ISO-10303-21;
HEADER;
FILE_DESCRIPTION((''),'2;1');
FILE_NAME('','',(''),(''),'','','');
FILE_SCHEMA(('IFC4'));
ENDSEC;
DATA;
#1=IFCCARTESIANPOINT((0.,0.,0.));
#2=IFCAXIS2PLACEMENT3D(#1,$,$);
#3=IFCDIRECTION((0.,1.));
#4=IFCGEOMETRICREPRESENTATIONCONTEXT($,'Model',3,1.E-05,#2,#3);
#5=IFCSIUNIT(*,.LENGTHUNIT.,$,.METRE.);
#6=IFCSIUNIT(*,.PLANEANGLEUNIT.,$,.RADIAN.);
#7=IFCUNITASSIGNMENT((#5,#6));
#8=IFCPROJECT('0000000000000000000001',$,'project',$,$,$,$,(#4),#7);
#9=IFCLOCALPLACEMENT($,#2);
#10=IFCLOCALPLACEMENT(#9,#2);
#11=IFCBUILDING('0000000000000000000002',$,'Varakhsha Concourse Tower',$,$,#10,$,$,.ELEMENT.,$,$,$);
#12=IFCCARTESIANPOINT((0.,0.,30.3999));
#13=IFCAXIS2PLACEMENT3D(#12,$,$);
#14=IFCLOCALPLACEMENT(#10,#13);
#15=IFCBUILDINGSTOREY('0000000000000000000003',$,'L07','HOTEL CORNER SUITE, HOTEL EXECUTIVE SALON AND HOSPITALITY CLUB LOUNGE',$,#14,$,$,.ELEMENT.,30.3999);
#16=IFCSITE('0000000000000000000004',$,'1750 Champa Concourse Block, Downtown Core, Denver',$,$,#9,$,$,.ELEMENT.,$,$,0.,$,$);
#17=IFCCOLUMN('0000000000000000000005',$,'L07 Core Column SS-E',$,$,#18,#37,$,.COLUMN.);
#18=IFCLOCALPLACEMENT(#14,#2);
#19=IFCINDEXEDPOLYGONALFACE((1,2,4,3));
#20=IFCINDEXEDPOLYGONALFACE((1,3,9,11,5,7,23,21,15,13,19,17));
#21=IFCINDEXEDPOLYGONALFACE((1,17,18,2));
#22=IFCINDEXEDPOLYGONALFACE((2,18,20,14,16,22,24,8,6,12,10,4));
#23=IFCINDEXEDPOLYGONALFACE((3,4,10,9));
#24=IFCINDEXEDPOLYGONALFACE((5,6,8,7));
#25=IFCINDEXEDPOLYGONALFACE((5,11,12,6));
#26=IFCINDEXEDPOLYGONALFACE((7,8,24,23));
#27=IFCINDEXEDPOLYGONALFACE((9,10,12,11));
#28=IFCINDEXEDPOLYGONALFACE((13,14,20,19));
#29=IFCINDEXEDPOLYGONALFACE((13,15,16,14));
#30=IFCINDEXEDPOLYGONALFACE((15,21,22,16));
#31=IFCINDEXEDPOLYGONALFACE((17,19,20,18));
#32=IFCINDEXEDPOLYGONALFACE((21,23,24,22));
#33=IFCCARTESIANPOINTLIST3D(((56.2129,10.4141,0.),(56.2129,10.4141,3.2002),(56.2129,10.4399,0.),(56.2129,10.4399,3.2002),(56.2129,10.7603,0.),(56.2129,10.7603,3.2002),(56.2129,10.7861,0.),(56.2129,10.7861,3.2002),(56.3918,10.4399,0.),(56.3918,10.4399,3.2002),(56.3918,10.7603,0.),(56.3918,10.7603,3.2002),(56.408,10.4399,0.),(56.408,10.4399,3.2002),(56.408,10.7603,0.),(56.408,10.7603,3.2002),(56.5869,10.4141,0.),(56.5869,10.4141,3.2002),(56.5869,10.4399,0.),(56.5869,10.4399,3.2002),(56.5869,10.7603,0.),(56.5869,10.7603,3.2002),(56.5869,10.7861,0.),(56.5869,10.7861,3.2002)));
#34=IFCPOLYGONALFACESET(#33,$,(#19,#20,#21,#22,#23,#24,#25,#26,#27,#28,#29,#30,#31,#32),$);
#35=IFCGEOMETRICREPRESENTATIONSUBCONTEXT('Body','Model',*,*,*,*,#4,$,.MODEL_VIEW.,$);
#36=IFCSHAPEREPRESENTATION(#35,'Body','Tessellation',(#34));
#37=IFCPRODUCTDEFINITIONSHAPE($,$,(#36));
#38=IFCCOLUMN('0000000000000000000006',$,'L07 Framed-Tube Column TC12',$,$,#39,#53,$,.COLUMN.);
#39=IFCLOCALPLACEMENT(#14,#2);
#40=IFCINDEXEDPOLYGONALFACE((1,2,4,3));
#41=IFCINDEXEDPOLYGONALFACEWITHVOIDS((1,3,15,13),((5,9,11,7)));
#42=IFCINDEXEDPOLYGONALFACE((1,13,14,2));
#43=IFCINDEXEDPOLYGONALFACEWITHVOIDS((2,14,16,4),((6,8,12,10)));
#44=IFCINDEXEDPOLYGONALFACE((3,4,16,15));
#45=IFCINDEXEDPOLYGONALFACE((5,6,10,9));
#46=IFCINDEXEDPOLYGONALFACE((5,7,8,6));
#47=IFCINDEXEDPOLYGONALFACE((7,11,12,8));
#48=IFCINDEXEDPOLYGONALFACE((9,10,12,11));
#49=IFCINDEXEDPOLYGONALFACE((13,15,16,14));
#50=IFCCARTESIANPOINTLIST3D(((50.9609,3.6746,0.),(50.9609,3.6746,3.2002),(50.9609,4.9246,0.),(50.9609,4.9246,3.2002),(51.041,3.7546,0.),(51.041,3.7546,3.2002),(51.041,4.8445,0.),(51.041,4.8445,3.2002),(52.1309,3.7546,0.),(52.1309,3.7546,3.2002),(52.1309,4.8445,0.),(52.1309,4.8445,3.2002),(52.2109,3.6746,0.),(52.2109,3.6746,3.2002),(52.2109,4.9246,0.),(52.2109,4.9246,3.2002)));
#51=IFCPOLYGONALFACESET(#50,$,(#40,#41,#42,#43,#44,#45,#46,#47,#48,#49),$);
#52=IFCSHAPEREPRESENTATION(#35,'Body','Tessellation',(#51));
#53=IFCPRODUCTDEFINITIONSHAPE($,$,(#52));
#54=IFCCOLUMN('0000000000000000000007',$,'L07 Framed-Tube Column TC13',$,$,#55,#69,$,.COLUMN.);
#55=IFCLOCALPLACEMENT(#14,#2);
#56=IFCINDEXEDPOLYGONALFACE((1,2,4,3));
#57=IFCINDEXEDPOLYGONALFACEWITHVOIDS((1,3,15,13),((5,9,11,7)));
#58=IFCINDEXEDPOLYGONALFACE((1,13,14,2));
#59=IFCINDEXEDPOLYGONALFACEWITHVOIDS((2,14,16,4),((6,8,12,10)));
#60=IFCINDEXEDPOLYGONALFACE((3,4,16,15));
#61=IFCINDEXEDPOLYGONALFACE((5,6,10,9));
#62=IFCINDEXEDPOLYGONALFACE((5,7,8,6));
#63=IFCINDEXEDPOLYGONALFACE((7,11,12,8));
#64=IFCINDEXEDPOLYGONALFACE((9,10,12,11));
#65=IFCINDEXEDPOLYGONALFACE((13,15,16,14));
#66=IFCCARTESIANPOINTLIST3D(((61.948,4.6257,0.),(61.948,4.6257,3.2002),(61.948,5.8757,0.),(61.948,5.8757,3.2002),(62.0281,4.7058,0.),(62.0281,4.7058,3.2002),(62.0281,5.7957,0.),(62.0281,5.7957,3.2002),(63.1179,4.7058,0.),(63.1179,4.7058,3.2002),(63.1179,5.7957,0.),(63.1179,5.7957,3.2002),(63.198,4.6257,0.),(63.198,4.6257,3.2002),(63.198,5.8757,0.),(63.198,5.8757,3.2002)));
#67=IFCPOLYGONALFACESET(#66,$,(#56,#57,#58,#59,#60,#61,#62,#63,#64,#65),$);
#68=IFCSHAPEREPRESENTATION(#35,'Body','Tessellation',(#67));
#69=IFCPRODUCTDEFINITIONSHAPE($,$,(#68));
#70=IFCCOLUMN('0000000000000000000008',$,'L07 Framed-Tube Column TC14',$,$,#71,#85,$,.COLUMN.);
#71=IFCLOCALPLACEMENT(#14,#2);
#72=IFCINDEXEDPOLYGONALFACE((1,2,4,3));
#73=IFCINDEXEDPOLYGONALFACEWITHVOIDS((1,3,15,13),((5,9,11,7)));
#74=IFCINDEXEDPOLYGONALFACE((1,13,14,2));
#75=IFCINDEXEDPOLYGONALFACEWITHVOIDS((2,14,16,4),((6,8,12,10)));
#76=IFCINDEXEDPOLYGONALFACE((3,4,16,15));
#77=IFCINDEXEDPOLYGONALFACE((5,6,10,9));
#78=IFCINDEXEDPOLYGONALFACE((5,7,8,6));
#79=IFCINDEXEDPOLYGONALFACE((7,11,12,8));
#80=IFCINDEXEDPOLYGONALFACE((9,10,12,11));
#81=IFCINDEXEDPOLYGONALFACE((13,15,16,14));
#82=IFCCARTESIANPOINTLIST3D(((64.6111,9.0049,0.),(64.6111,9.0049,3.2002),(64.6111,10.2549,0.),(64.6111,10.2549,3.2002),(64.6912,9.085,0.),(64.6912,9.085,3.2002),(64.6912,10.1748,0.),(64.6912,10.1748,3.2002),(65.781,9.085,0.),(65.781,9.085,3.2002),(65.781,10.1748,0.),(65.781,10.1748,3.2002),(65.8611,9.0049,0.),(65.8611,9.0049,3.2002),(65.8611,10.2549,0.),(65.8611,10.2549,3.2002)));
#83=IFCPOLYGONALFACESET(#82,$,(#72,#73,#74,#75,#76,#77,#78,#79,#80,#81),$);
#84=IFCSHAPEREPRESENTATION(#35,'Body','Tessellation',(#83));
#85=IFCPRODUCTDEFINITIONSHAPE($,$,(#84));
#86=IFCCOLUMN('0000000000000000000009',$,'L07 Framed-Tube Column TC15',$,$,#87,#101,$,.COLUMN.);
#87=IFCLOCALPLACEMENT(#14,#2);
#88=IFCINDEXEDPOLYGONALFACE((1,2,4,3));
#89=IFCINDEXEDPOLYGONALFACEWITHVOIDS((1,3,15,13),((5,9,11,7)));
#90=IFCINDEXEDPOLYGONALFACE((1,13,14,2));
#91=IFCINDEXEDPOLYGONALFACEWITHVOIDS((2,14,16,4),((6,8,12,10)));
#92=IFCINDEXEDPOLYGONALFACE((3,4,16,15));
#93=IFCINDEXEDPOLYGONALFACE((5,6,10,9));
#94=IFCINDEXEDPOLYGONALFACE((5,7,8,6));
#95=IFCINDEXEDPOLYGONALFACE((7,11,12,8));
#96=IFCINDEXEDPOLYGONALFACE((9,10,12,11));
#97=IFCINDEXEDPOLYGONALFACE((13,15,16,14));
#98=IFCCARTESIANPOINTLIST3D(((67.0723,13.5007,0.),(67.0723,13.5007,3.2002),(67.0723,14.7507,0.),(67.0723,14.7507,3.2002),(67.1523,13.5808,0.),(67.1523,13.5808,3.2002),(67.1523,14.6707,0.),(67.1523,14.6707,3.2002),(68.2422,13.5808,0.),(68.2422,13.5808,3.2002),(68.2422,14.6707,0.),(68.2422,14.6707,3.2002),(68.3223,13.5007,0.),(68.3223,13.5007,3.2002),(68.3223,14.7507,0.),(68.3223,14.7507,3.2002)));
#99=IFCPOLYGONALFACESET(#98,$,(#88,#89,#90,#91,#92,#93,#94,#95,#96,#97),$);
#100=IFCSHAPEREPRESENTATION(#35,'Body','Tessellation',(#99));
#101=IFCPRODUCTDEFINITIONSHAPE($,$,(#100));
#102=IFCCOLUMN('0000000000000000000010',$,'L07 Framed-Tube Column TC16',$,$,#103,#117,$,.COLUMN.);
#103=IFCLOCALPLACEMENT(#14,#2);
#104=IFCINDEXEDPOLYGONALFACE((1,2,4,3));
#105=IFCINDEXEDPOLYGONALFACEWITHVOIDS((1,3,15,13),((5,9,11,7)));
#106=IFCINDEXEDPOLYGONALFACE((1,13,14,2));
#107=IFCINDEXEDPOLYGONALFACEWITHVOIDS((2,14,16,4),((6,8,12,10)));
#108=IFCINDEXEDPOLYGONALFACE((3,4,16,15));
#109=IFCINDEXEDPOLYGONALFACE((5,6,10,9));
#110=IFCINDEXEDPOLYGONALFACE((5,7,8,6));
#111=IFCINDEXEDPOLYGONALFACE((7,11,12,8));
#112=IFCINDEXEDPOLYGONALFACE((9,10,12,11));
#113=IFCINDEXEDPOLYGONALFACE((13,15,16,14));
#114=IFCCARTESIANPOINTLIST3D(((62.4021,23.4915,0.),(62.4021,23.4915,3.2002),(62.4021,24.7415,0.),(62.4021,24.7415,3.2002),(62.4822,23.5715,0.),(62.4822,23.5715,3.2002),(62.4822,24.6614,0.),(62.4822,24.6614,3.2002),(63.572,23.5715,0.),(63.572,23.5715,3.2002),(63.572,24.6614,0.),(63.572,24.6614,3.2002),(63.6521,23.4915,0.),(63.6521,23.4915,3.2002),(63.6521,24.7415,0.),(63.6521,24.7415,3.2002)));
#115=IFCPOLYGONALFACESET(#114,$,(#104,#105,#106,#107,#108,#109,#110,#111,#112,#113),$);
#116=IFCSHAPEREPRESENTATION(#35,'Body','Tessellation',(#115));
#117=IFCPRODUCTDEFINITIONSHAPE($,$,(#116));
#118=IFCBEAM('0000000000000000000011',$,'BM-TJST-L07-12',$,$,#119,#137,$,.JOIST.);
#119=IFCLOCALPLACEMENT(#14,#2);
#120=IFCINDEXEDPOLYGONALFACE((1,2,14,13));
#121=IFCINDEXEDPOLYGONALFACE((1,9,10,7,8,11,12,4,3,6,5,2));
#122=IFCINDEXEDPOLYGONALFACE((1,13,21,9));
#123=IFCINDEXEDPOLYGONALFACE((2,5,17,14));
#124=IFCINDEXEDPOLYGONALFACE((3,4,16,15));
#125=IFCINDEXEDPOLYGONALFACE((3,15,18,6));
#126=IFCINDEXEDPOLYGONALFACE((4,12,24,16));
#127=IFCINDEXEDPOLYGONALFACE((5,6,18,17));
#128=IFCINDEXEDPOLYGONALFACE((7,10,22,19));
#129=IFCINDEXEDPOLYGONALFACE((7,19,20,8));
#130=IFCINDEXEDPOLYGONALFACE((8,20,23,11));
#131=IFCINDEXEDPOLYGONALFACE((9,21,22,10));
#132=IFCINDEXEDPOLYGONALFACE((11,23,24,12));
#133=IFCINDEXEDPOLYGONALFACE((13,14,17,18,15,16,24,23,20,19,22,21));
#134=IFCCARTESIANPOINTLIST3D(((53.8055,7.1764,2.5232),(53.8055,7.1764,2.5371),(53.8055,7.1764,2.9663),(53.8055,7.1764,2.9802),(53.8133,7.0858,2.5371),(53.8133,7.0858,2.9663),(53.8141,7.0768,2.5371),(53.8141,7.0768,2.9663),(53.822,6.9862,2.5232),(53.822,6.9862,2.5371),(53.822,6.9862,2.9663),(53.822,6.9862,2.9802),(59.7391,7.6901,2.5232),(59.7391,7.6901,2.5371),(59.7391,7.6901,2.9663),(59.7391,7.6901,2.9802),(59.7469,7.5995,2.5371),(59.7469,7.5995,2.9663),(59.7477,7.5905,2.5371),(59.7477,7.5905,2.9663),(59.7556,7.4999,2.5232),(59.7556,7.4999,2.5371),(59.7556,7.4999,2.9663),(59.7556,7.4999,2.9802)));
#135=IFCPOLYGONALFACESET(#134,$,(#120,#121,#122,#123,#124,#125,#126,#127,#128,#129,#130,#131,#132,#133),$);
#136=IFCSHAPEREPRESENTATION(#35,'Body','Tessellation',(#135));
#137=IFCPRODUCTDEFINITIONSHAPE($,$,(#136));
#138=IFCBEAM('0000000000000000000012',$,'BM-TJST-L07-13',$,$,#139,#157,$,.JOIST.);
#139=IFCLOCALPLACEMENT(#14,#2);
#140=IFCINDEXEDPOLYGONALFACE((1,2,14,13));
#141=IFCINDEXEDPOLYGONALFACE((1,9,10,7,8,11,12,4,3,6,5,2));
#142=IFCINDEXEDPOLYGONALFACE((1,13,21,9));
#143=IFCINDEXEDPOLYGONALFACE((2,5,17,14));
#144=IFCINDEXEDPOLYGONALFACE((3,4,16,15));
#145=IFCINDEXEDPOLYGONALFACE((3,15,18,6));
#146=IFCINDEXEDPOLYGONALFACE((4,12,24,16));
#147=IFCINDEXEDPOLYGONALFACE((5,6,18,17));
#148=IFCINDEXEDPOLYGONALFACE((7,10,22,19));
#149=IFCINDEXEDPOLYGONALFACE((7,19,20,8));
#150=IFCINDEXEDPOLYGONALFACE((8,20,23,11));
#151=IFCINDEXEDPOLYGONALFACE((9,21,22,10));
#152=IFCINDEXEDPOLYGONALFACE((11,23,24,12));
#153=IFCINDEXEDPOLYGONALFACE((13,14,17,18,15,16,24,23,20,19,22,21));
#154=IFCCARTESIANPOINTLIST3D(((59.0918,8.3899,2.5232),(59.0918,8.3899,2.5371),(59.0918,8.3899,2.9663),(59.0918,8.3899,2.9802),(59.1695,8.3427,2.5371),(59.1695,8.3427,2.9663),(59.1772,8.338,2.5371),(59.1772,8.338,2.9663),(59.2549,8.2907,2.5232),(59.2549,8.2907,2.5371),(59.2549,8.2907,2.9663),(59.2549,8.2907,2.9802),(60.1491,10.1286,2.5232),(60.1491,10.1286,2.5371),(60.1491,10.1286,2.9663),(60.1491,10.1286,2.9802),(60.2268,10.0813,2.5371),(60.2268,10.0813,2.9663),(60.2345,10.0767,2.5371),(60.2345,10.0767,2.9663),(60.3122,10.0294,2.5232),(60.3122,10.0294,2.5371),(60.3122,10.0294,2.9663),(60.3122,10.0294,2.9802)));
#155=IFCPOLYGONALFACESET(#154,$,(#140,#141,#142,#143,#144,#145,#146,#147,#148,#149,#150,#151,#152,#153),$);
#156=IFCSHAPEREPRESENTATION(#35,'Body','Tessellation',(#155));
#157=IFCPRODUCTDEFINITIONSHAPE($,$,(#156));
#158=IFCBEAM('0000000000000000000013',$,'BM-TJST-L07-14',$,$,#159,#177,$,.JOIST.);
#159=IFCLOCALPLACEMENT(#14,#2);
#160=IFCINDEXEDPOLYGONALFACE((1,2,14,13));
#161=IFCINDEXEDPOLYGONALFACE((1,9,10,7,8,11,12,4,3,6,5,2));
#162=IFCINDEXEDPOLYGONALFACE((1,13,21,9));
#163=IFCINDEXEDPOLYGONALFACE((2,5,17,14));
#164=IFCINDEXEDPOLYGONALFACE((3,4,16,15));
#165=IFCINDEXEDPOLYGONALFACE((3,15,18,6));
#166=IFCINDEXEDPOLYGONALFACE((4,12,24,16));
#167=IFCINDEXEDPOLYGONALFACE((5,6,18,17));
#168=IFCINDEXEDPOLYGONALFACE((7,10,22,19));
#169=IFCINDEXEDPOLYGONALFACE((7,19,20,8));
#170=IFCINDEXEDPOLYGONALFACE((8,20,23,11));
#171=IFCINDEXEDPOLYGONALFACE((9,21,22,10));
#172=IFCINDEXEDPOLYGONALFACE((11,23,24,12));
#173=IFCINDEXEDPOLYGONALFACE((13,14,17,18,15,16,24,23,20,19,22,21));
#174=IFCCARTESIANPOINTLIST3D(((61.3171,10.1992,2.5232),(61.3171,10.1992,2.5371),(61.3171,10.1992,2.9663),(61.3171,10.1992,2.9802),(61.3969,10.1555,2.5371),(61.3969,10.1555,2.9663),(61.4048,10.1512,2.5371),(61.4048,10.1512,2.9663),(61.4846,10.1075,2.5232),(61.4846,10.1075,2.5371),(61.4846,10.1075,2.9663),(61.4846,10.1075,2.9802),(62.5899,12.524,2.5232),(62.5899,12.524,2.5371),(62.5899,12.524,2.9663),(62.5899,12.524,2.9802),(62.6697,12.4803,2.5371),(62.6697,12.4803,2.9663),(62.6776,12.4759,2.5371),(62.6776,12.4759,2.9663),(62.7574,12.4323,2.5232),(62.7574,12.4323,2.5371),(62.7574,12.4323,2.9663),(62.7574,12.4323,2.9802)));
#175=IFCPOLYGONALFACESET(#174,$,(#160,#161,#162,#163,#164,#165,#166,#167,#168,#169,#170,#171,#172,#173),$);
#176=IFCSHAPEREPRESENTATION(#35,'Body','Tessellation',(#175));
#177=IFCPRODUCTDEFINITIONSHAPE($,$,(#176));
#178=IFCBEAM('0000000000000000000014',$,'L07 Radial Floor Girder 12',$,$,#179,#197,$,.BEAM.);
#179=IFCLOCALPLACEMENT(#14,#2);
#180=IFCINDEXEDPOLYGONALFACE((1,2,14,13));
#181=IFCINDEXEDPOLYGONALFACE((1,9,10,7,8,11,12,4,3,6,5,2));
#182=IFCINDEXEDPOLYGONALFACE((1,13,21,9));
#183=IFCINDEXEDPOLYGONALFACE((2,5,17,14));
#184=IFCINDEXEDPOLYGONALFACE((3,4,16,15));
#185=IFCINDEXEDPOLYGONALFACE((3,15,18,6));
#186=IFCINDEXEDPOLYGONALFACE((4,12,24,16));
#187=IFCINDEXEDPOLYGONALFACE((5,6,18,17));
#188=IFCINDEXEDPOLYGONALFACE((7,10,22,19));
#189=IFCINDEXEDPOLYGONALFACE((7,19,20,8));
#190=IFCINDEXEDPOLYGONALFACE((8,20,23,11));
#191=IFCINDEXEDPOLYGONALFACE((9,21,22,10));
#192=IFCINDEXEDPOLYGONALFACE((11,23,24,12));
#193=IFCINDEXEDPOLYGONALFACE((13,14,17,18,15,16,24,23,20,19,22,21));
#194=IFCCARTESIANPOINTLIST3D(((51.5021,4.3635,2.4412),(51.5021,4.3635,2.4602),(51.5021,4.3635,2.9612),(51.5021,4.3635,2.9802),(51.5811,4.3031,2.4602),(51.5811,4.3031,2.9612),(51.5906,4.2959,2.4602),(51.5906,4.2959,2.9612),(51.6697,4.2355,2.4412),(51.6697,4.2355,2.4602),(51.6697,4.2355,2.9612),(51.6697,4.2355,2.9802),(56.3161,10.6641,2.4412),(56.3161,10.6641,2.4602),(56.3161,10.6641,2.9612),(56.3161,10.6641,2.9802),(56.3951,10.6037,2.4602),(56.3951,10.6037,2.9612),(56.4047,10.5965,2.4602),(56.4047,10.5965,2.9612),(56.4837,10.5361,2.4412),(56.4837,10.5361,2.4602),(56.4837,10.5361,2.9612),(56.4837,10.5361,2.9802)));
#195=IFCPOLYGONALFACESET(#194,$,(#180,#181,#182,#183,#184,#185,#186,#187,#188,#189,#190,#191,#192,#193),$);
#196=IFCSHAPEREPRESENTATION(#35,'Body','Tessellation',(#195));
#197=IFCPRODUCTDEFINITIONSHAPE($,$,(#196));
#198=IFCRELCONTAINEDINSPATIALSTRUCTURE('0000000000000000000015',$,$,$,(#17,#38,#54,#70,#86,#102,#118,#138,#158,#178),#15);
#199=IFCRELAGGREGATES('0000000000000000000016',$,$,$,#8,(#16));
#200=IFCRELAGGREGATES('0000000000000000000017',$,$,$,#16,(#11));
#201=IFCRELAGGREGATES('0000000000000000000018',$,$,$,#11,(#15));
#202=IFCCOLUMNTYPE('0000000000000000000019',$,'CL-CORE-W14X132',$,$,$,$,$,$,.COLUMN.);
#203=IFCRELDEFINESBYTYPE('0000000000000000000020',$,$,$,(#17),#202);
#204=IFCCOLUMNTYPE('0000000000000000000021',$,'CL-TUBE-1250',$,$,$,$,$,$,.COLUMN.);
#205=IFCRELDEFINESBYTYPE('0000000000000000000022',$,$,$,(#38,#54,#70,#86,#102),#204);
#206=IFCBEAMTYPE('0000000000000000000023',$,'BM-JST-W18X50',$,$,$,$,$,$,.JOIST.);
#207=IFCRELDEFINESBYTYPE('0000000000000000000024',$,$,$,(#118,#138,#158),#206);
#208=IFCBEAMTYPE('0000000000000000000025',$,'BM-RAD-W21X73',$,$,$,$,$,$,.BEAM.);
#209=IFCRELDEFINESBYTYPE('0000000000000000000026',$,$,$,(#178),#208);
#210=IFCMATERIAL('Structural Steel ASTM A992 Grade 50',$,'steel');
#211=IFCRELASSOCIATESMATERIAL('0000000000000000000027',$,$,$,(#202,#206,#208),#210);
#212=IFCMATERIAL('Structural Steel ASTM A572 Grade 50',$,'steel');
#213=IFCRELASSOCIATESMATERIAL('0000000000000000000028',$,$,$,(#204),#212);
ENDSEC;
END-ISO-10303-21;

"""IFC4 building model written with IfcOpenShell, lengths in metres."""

from ifc_helpers import new_model, si_unit, direction, frame, origin, origin_2d, place, context, subcontext, project, spatial, hollow_rectangle, i_section, extrude, material, material_profile, profile_set, type_object, element, save


model = new_model("IFC4")

# Units and contexts
model_context = context("Model", 3, precision=1e-05, world=origin(), true_north=direction((0.0, 1.0)))
body_context = subcontext(model_context, "Body", "Model", "MODEL_VIEW")
ifc_project = project(units=[si_unit("LENGTHUNIT", "METRE"), si_unit("PLANEANGLEUNIT", "RADIAN")], contexts=[model_context])

# Site, building, storey
site_placement = place(None, origin())
site = spatial("IfcSite", under=ifc_project, at=site_placement, Name="1750 Champa Concourse Block, Downtown Core, Denver", CompositionType="ELEMENT", RefElevation=0.0)
building_placement = place(site_placement, origin())
building = spatial("IfcBuilding", under=site, at=building_placement, Name="Varakhsha Concourse Tower", CompositionType="ELEMENT")
storey_placement = place(building_placement, frame((0.0, 0.0, 30.3999)))
storey = spatial("IfcBuildingStorey", under=building, at=storey_placement, Name="L07", Description="HOTEL CORNER SUITE, HOTEL EXECUTIVE SALON AND HOSPITALITY CLUB LOUNGE", CompositionType="ELEMENT", Elevation=30.3999)

# Columns
ifc_material_1 = material(Name="Structural Steel ASTM A992 Grade 50", Category="steel")
ifc_material_profile_1 = material_profile(ifc_material_1, i_section(OverallWidth=0.374, OverallDepth=0.3721, WebThickness=0.0161, FlangeThickness=0.0259, at=origin_2d()), Name="W14X132")
ifc_profile_set_1 = profile_set([ifc_material_profile_1], Name="Structural Steel ASTM A992 Grade 50")
column_type_1 = type_object("IfcColumnType", Name="CL-CORE-W14X132", PredefinedType="COLUMN", material=ifc_profile_set_1)
column_placement = place(storey_placement, frame((56.3999, 10.6001, 0.0), z_axis=(0.0, 0.0, 1.0), x_axis=(1.0, 0.0, 0.0)))
element("IfcColumn", 1, at=column_placement, inside=storey, type_object=column_type_1, Name="L07 Core Column SS-E", PredefinedType="COLUMN", context=body_context, shape_type="SweptSolid", body=[
    extrude(i_section(OverallWidth=0.374, OverallDepth=0.3721, WebThickness=0.0161, FlangeThickness=0.0259, at=origin_2d()), origin(), (0.0, 0.0, 1.0), 3.2002),
])
ifc_material_2 = material(Name="Structural Steel ASTM A572 Grade 50", Category="steel")
ifc_material_profile_2 = material_profile(ifc_material_2, hollow_rectangle(XDim=1.25, YDim=1.25, WallThickness=0.0801, at=origin_2d()), Name="BOX 1250x1250x80")
ifc_profile_set_2 = profile_set([ifc_material_profile_2], Name="Structural Steel ASTM A572 Grade 50")
column_type_2 = type_object("IfcColumnType", Name="CL-TUBE-1250", PredefinedType="COLUMN", material=ifc_profile_set_2)
for number, where, z_axis, x_axis, name in (
    (2, (51.5859, 4.2996, 0.0), (0.0, 0.0, 1.0), (1.0, 0.0, 0.0), "L07 Framed-Tube Column TC12"),
    (3, (62.573, 5.2507, 0.0), (0.0, 0.0, 1.0), (1.0, 0.0, 0.0), "L07 Framed-Tube Column TC13"),
    (4, (65.2361, 9.6299, 0.0), (0.0, 0.0, 1.0), (1.0, 0.0, 0.0), "L07 Framed-Tube Column TC14"),
    (5, (67.6973, 14.1257, 0.0), (0.0, 0.0, 1.0), (1.0, 0.0, 0.0), "L07 Framed-Tube Column TC15"),
    (6, (63.0271, 24.1165, 0.0), (0.0, 0.0, 1.0), (1.0, 0.0, 0.0), "L07 Framed-Tube Column TC16"),
):
    element("IfcColumn", number, at=place(storey_placement, frame(where, z_axis=z_axis, x_axis=x_axis)), inside=storey, type_object=column_type_2, Name=name, PredefinedType="COLUMN", context=body_context, shape_type="SweptSolid", body=[
        extrude(hollow_rectangle(XDim=1.25, YDim=1.25, WallThickness=0.0801, at=origin_2d()), origin(), (0.0, 0.0, 1.0), 3.2002),
    ])

# Beams
ifc_material_profile_3 = material_profile(ifc_material_1, i_section(OverallWidth=0.1909, OverallDepth=0.457, WebThickness=0.009, FlangeThickness=0.0139, at=origin_2d()), Name="W18X50")
ifc_profile_set_3 = profile_set([ifc_material_profile_3], Name="Structural Steel ASTM A992 Grade 50")
beam_type_1 = type_object("IfcBeamType", Name="BM-JST-W18X50", PredefinedType="JOIST", material=ifc_profile_set_3)
beam_1_placement = place(storey_placement, frame((53.8137, 7.0813, 2.7517), z_axis=(0.996274, 0.086248, 0.0), x_axis=(-0.086248, 0.996274, 0.0)))
element("IfcBeam", 7, at=beam_1_placement, inside=storey, type_object=beam_type_1, Name="BM-TJST-L07-12", PredefinedType="JOIST", context=body_context, shape_type="SweptSolid", body=[
    extrude(i_section(OverallWidth=0.1909, OverallDepth=0.457, WebThickness=0.009, FlangeThickness=0.0139, at=origin_2d()), origin(), (0.0, 0.0, 1.0), 5.9558),
])
beam_2_placement = place(storey_placement, frame((59.1733, 8.3403, 2.7517), z_axis=(0.519585, 0.854419, 0.0), x_axis=(-0.854419, 0.519585, 0.0)))
element("IfcBeam", 8, at=beam_2_placement, inside=storey, type_object=beam_type_1, Name="BM-TJST-L07-13", PredefinedType="JOIST", context=body_context, shape_type="SweptSolid", body=[
    extrude(i_section(OverallWidth=0.1909, OverallDepth=0.457, WebThickness=0.009, FlangeThickness=0.0139, at=origin_2d()), origin(), (0.0, 0.0, 1.0), 2.0349),
])
beam_3_placement = place(storey_placement, frame((61.4009, 10.1533, 2.7517), z_axis=(0.480213, 0.877152, 0.0), x_axis=(-0.877152, 0.480213, 0.0)))
element("IfcBeam", 9, at=beam_3_placement, inside=storey, type_object=beam_type_1, Name="BM-TJST-L07-14", PredefinedType="JOIST", context=body_context, shape_type="SweptSolid", body=[
    extrude(i_section(OverallWidth=0.1909, OverallDepth=0.457, WebThickness=0.009, FlangeThickness=0.0139, at=origin_2d()), origin(), (0.0, 0.0, 1.0), 2.6504),
])
ifc_material_profile_4 = material_profile(ifc_material_1, i_section(OverallWidth=0.2109, OverallDepth=0.5391, WebThickness=0.012, FlangeThickness=0.019, at=origin_2d()), Name="W21X73")
ifc_profile_set_4 = profile_set([ifc_material_profile_4], Name="Structural Steel ASTM A992 Grade 50")
beam_type_2 = type_object("IfcBeamType", Name="BM-RAD-W21X73", PredefinedType="BEAM", material=ifc_profile_set_4)
beam_4_placement = place(storey_placement, frame((56.3999, 10.6001, 2.7107), z_axis=(-0.607124, -0.794607, 0.0), x_axis=(0.794607, -0.607124, 0.0)))
element("IfcBeam", 10, at=beam_4_placement, inside=storey, type_object=beam_type_2, Name="L07 Radial Floor Girder 12", PredefinedType="BEAM", context=body_context, shape_type="SweptSolid", body=[
    extrude(i_section(OverallWidth=0.2109, OverallDepth=0.5391, WebThickness=0.012, FlangeThickness=0.019, at=origin_2d()), origin(), (0.0, 0.0, 1.0), 7.9292),
])

save(model, "model.ifc")
